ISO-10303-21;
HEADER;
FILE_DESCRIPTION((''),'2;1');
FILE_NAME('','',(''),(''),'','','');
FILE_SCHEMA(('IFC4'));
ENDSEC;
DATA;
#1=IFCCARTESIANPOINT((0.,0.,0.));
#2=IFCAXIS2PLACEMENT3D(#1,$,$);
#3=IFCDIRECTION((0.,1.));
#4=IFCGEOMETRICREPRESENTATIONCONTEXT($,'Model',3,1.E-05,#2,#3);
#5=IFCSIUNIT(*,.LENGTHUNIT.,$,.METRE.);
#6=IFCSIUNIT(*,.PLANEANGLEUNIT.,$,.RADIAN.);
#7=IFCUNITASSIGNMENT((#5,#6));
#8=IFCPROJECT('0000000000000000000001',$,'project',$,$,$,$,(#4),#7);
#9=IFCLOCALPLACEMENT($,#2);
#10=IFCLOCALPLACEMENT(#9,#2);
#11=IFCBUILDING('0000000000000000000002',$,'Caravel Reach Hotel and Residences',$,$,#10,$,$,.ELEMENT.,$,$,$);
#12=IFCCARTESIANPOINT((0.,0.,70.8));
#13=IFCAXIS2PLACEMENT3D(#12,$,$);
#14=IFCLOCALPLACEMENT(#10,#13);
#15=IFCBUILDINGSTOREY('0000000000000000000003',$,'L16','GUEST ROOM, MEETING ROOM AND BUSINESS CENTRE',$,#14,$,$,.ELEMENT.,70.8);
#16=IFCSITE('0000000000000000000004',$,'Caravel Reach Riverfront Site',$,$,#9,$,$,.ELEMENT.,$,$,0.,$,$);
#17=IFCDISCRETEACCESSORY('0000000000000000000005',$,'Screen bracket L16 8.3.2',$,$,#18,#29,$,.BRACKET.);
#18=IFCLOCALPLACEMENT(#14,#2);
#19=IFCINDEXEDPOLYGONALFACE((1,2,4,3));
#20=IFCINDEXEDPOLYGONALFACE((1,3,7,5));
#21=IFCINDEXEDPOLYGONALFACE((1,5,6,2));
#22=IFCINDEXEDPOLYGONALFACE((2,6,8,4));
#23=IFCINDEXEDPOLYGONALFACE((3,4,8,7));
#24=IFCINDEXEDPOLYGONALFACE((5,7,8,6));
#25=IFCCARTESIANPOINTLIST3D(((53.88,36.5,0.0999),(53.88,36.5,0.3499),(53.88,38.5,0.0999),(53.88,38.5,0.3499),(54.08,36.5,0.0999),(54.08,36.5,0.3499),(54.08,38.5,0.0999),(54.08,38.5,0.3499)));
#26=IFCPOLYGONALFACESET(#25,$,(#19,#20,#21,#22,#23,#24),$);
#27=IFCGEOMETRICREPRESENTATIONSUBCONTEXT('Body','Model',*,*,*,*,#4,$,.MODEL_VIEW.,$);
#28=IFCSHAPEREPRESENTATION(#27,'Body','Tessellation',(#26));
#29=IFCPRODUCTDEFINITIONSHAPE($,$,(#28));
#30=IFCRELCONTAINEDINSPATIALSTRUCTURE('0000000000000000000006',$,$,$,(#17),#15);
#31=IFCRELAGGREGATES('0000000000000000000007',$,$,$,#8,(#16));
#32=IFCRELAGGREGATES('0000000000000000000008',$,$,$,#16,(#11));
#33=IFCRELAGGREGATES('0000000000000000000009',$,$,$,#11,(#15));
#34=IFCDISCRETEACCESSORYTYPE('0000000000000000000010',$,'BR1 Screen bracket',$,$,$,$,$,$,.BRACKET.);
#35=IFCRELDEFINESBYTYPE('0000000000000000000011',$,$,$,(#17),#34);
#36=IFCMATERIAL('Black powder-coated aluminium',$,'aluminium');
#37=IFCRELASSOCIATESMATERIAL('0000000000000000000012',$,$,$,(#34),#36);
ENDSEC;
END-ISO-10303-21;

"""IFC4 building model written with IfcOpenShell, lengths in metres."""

from ifc_helpers import new_model, si_unit, direction, frame, origin, origin_2d, place, context, subcontext, project, spatial, rectangle, extrude, material, type_object, element, save


model = new_model("IFC4")

# Units and contexts
model_context = context("Model", 3, precision=1e-05, world=origin(), true_north=direction((0.0, 1.0)))
body_context = subcontext(model_context, "Body", "Model", "MODEL_VIEW")
ifc_project = project(units=[si_unit("LENGTHUNIT", "METRE"), si_unit("PLANEANGLEUNIT", "RADIAN")], contexts=[model_context])

# Site, building, storey
site_placement = place(None, origin())
site = spatial("IfcSite", under=ifc_project, at=site_placement, Name="Caravel Reach Riverfront Site", CompositionType="ELEMENT", RefElevation=0.0)
building_placement = place(site_placement, origin())
building = spatial("IfcBuilding", under=site, at=building_placement, Name="Caravel Reach Hotel and Residences", CompositionType="ELEMENT")
storey_placement = place(building_placement, frame((0.0, 0.0, 70.8)))
storey = spatial("IfcBuildingStorey", under=building, at=storey_placement, Name="L16", Description="GUEST ROOM, MEETING ROOM AND BUSINESS CENTRE", CompositionType="ELEMENT", Elevation=70.8)

# Discrete accessory
ifc_material_1 = material(Name="Black powder-coated aluminium", Category="aluminium")
discrete_accessory_type = type_object("IfcDiscreteAccessoryType", Name="BR1 Screen bracket", PredefinedType="BRACKET", material=ifc_material_1)
for number, where, z_axis, x_axis, name in (
    (1, (53.98, 37.5, 0.0999), (0.0, 0.0, 1.0), (0.0, 1.0, 0.0), "Screen bracket L16 8.3.2"),
):
    element("IfcDiscreteAccessory", number, at=place(storey_placement, frame(where, z_axis=z_axis, x_axis=x_axis)), inside=storey, type_object=discrete_accessory_type, Name=name, PredefinedType="BRACKET", context=body_context, shape_type="SweptSolid", body=[
        extrude(rectangle(XDim=2.0, YDim=0.2, at=origin_2d()), origin(), (0.0, 0.0, 1.0), 0.25),
    ])

save(model, "model.ifc")
